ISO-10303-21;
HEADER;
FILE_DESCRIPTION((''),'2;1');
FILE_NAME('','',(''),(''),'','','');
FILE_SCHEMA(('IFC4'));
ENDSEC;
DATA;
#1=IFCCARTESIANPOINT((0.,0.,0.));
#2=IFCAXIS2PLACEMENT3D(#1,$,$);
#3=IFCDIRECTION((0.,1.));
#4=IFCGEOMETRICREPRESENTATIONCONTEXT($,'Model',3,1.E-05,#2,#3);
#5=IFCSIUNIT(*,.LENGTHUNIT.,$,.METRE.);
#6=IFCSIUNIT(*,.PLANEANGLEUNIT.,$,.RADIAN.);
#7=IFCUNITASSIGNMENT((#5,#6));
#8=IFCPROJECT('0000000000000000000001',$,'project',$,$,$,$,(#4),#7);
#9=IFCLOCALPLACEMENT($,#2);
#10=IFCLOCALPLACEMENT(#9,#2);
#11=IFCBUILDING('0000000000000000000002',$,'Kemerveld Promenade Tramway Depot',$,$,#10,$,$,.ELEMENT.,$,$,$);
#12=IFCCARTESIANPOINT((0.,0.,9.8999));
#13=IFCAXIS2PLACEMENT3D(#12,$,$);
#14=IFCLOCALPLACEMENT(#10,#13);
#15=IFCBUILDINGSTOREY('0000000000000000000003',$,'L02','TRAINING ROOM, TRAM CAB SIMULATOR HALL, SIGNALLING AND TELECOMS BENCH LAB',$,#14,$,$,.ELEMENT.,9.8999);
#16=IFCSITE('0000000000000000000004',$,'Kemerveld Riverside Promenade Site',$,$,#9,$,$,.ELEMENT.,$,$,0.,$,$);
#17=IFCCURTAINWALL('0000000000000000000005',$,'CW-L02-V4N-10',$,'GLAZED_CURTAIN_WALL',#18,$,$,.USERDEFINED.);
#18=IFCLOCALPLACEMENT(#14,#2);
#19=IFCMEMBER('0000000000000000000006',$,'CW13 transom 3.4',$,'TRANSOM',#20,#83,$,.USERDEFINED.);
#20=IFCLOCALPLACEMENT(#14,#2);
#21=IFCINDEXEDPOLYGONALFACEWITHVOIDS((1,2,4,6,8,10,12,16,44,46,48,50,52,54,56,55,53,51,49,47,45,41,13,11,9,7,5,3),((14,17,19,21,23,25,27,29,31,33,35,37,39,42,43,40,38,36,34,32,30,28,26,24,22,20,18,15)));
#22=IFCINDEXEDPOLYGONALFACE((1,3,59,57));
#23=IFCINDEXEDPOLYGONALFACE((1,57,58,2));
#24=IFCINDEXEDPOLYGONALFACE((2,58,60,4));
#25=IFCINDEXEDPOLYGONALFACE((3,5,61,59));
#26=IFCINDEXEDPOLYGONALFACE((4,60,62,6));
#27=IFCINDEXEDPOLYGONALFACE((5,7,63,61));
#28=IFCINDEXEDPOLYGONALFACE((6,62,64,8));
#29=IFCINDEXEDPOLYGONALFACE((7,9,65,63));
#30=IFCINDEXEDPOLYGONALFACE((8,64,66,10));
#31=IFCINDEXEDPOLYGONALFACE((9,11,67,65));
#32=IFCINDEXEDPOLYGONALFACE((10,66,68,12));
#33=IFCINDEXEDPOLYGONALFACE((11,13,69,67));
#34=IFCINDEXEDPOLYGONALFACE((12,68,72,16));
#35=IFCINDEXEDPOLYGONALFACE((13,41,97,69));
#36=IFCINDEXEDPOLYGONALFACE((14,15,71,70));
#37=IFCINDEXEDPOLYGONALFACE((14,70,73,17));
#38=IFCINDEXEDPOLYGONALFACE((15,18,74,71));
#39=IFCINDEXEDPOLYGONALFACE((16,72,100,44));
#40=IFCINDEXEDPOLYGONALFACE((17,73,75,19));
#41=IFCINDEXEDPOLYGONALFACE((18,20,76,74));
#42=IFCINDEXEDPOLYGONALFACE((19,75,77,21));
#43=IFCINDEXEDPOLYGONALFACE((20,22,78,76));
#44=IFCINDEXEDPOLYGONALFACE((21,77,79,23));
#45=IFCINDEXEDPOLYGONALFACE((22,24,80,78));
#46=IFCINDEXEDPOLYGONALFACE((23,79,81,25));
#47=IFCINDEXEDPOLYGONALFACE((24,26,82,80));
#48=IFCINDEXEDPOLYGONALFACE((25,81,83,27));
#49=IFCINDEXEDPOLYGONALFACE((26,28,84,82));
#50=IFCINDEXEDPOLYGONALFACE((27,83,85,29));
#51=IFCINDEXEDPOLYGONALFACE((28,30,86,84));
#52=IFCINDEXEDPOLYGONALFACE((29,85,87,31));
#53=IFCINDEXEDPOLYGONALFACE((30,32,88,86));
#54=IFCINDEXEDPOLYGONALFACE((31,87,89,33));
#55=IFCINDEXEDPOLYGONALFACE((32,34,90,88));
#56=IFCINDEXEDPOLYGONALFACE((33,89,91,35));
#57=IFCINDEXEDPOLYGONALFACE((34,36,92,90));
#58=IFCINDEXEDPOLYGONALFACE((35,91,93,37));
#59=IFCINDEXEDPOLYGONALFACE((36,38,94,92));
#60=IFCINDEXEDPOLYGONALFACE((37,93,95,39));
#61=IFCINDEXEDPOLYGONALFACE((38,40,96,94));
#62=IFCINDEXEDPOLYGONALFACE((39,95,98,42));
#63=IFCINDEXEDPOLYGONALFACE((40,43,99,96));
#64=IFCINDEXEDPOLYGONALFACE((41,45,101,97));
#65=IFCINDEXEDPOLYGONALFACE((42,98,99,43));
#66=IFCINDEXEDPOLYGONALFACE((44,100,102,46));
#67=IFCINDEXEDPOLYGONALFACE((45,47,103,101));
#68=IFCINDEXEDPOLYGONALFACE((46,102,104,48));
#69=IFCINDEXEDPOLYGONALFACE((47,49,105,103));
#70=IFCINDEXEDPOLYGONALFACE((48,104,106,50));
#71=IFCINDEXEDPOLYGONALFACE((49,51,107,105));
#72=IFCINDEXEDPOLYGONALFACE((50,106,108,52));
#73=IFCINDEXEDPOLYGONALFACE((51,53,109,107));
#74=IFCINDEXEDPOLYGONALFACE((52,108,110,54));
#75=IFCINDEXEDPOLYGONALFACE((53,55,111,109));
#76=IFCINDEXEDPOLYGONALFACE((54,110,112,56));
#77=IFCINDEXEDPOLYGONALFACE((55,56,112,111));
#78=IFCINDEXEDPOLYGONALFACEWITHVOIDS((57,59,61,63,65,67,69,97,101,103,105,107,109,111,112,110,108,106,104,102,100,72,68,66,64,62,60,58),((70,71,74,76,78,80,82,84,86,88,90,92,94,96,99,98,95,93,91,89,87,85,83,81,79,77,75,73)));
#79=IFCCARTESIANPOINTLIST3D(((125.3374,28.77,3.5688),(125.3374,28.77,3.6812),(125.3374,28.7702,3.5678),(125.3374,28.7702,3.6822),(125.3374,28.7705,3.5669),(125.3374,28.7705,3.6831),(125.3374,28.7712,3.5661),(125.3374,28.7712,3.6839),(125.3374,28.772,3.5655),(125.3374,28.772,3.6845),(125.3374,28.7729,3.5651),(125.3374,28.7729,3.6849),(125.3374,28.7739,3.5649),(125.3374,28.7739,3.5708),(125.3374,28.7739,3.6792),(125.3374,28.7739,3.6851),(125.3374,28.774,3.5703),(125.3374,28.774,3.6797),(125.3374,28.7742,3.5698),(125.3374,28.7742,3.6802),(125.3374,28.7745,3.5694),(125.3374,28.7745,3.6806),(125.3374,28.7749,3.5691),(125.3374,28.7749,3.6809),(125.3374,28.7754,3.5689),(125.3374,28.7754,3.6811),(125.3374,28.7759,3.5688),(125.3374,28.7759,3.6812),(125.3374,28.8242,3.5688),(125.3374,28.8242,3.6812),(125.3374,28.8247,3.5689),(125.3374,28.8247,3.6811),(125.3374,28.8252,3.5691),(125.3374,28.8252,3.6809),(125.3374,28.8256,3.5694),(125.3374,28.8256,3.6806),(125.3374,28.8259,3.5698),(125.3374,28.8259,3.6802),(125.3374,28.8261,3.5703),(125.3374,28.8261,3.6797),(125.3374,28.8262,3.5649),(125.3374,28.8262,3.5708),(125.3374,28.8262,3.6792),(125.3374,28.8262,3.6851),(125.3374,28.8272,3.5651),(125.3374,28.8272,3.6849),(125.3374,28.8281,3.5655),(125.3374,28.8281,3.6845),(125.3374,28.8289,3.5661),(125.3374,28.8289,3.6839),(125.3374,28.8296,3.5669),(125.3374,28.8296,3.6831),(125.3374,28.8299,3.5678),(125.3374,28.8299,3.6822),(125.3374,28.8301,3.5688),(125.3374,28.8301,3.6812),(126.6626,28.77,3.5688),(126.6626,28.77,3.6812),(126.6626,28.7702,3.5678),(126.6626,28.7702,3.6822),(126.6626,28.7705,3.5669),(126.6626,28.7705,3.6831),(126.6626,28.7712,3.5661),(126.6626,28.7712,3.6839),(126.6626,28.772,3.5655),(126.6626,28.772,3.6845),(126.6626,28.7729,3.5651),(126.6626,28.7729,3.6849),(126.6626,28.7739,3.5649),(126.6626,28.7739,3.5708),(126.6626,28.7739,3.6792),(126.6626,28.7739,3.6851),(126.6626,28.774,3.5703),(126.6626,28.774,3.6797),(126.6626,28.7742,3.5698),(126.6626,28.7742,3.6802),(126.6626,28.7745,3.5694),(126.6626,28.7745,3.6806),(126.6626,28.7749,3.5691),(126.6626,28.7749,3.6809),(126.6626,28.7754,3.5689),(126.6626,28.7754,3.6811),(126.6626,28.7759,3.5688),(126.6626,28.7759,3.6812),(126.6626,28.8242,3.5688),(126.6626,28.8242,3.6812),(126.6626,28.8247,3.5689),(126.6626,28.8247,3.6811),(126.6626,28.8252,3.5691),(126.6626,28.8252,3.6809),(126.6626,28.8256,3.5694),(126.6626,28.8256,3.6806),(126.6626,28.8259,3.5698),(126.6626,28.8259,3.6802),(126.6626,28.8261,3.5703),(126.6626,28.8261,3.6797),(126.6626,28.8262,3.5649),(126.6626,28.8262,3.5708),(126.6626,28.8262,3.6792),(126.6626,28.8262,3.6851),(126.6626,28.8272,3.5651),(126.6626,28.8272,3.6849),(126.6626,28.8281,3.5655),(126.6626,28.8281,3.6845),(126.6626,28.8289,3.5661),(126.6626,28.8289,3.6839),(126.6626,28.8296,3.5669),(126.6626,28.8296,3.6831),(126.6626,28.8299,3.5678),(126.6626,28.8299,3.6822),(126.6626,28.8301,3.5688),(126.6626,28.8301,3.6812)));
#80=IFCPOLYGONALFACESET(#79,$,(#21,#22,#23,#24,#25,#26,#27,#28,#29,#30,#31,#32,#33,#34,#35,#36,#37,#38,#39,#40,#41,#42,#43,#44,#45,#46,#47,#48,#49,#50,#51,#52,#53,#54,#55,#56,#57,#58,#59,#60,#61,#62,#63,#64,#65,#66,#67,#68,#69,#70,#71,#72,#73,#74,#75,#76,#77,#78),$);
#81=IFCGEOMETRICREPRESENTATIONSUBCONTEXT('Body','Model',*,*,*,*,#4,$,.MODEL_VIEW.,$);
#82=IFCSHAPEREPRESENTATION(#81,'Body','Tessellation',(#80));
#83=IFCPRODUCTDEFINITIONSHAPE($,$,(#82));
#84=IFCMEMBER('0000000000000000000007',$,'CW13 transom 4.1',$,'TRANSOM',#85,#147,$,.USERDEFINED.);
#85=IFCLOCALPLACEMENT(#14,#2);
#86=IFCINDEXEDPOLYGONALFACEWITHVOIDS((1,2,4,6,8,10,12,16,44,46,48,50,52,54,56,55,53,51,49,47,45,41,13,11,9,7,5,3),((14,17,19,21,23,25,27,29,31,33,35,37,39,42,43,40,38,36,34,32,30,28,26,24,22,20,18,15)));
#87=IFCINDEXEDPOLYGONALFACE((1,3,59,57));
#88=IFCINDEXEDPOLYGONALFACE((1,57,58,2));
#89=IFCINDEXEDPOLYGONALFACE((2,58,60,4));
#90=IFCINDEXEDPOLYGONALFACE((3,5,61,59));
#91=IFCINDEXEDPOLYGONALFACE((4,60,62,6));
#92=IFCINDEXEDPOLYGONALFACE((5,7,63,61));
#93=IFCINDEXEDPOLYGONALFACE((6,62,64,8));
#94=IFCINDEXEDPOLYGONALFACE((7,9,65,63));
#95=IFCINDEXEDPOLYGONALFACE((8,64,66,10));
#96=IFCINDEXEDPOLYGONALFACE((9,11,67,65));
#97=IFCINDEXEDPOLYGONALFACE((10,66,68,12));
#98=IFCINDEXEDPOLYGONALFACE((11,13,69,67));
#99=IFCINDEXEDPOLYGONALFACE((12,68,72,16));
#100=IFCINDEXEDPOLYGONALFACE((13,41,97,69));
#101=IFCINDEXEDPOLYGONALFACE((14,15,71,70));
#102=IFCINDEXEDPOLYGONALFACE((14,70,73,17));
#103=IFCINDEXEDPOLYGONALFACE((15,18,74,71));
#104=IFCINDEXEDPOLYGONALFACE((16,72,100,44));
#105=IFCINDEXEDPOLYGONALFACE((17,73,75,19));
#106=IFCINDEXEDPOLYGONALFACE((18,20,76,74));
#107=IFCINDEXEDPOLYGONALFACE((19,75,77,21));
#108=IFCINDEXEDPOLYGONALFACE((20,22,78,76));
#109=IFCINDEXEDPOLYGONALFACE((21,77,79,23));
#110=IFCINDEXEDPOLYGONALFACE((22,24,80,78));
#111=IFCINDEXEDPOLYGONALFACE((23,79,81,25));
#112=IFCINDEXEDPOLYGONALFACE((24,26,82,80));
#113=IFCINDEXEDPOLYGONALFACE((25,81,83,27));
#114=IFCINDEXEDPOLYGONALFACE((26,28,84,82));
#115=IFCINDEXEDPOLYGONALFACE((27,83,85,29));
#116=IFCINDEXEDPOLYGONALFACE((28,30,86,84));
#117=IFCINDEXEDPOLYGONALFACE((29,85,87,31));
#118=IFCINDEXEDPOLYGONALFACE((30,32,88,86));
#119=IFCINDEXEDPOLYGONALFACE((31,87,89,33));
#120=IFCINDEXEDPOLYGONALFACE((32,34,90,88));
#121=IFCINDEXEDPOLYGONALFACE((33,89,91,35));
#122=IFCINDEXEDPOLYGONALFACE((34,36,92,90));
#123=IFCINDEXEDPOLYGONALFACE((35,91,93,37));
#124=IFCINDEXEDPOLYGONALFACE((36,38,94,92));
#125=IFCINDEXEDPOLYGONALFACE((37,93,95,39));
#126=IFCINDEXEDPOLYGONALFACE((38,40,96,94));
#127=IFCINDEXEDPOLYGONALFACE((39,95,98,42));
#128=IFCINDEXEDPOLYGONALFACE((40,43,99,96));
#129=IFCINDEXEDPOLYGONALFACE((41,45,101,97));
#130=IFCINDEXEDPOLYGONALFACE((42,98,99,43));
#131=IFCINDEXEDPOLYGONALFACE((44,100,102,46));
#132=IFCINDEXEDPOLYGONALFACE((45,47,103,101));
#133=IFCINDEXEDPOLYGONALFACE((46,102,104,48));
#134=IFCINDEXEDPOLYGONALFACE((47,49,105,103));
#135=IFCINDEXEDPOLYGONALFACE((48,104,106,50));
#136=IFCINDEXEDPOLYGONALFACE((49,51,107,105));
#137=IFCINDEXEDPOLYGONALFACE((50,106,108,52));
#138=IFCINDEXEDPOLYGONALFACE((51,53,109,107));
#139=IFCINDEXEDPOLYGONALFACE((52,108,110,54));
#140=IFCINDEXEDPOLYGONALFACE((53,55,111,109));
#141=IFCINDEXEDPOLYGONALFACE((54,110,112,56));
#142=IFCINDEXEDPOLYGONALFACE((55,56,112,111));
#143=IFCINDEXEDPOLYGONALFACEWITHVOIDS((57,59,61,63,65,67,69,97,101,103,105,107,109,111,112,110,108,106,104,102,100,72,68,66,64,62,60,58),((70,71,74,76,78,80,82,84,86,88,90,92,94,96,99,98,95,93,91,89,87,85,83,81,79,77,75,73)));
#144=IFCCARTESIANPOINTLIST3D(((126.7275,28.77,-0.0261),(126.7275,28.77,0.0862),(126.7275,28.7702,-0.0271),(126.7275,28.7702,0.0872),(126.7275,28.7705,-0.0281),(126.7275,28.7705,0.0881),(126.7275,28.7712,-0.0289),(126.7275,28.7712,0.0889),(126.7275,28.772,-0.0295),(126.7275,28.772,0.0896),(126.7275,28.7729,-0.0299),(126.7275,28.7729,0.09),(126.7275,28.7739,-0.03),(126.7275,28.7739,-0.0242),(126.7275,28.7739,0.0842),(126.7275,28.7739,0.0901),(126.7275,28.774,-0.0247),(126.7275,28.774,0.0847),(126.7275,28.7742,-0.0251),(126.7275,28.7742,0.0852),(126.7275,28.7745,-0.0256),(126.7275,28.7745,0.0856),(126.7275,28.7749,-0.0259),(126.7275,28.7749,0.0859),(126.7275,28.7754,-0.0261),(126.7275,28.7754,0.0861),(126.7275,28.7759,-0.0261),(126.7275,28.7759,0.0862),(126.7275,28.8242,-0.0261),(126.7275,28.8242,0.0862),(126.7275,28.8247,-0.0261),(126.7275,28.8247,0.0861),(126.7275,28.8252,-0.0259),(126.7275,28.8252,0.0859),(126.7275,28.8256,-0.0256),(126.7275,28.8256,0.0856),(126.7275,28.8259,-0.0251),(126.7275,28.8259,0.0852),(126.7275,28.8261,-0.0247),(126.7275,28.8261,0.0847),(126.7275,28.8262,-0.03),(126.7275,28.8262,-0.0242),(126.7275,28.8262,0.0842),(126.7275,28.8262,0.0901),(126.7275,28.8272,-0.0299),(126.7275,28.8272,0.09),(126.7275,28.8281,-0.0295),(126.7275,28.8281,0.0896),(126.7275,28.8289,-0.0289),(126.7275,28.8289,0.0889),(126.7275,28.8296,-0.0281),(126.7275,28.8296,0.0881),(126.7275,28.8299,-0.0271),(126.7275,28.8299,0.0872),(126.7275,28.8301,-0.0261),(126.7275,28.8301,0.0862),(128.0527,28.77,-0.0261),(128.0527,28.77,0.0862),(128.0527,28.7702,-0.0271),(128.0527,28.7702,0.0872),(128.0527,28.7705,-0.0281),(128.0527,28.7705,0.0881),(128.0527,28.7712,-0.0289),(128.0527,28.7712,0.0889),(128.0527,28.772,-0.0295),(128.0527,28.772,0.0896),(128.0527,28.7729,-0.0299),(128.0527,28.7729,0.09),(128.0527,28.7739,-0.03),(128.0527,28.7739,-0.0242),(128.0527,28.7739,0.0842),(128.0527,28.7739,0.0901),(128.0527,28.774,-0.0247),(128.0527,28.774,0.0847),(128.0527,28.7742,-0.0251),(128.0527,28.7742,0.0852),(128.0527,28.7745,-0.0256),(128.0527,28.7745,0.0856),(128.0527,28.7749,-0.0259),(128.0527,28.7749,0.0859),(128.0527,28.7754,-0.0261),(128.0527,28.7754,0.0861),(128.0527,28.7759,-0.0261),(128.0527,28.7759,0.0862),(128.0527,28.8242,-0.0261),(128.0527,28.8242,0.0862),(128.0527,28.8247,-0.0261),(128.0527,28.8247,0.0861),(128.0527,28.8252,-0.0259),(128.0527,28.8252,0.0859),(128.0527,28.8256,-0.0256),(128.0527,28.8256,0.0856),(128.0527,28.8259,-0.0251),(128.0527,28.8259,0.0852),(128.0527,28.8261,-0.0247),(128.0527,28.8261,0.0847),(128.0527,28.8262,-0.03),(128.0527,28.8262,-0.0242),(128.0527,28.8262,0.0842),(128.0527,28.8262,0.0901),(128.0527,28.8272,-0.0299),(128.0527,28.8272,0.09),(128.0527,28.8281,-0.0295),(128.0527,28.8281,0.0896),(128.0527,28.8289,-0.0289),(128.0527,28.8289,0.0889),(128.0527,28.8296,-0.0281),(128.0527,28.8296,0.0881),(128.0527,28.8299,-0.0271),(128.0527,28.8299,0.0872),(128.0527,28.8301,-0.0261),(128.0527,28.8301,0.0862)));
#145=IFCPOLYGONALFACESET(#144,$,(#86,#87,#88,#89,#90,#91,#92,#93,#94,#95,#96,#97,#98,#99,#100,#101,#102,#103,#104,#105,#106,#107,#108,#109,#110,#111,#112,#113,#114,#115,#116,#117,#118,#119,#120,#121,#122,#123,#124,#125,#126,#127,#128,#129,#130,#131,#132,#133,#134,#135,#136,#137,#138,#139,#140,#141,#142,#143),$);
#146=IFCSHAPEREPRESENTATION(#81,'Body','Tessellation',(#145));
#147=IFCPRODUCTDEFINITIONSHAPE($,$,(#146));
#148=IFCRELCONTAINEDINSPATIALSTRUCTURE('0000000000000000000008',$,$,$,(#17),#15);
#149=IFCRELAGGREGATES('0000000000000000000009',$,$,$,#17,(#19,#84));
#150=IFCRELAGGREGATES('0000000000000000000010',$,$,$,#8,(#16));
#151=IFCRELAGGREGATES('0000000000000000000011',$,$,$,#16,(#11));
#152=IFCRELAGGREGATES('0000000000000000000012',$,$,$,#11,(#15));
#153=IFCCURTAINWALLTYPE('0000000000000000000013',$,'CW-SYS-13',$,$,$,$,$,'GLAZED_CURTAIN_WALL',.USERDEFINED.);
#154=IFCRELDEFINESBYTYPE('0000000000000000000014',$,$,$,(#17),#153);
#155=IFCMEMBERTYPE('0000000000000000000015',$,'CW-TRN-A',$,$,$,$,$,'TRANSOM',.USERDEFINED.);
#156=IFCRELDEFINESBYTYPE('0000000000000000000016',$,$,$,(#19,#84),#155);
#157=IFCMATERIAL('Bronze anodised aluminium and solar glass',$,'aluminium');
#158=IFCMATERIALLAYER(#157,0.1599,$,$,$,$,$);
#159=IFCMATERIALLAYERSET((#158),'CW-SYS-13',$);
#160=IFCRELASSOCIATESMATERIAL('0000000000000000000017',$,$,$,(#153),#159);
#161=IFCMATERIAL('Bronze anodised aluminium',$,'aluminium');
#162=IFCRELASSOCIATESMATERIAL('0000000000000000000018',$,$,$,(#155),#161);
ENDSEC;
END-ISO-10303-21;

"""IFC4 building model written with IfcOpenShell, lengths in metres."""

from ifc_helpers import new_model, si_unit, direction, frame, origin, origin_2d, place, context, subcontext, project, spatial, hollow_rectangle, extrude, material, layer, layer_set, material_profile, profile_set, type_object, element, aggregate, save


model = new_model("IFC4")

# Units and contexts
model_context = context("Model", 3, precision=1e-05, world=origin(), true_north=direction((0.0, 1.0)))
body_context = subcontext(model_context, "Body", "Model", "MODEL_VIEW")
ifc_project = project(units=[si_unit("LENGTHUNIT", "METRE"), si_unit("PLANEANGLEUNIT", "RADIAN")], contexts=[model_context])

# Site, building, storey
site_placement = place(None, origin())
site = spatial("IfcSite", under=ifc_project, at=site_placement, Name="Kemerveld Riverside Promenade Site", CompositionType="ELEMENT", RefElevation=0.0)
building_placement = place(site_placement, origin())
building = spatial("IfcBuilding", under=site, at=building_placement, Name="Kemerveld Promenade Tramway Depot", CompositionType="ELEMENT")
storey_placement = place(building_placement, frame((0.0, 0.0, 9.8999)))
storey = spatial("IfcBuildingStorey", under=building, at=storey_placement, Name="L02", Description="TRAINING ROOM, TRAM CAB SIMULATOR HALL, SIGNALLING AND TELECOMS BENCH LAB", CompositionType="ELEMENT", Elevation=9.8999)

# Curtain wall, members
ifc_material_1 = material(Name="Bronze anodised aluminium and solar glass", Category="aluminium")
ifc_layer_1 = layer(ifc_material_1, 0.1599)
ifc_layer_set_1 = layer_set([ifc_layer_1], Name="CW-SYS-13")
curtain_wall_type = type_object("IfcCurtainWallType", Name="CW-SYS-13", ElementType="GLAZED_CURTAIN_WALL", PredefinedType="USERDEFINED", material=ifc_layer_set_1)
curtain_wall_placement = place(storey_placement, origin())
curtain_wall = element("IfcCurtainWall", 1, at=curtain_wall_placement, inside=storey, type_object=curtain_wall_type, Name="CW-L02-V4N-10", ObjectType="GLAZED_CURTAIN_WALL", PredefinedType="USERDEFINED")
ifc_material_2 = material(Name="Bronze anodised aluminium", Category="aluminium")
ifc_material_profile_1 = material_profile(ifc_material_2, hollow_rectangle(XDim=0.0601, YDim=0.1201, WallThickness=0.0039, InnerFilletRadius=0.002, OuterFilletRadius=0.0039, at=origin_2d()), Name="CW-TRN-120x60")
ifc_profile_set_1 = profile_set([ifc_material_profile_1], Name="Bronze anodised aluminium")
member_type_1 = type_object("IfcMemberType", Name="CW-TRN-A", ElementType="TRANSOM", PredefinedType="USERDEFINED", material=ifc_profile_set_1)
member_1_placement = place(storey_placement, frame((125.3374, 28.8, 3.625), z_axis=(1.0, 0.0, 0.0), x_axis=(0.0, 1.0, 0.0)))
member_1 = element("IfcMember", 2, at=member_1_placement, type_object=member_type_1, Name="CW13 transom 3.4", ObjectType="TRANSOM", PredefinedType="USERDEFINED", context=body_context, shape_type="SweptSolid", body=[
    extrude(hollow_rectangle(XDim=0.0601, YDim=0.1201, WallThickness=0.0039, InnerFilletRadius=0.002, OuterFilletRadius=0.0039, at=origin_2d()), origin(), (0.0, 0.0, 1.0), 1.3252),
])
member_2_placement = place(storey_placement, frame((126.7275, 28.8, 0.03), z_axis=(1.0, 0.0, 0.0), x_axis=(0.0, 1.0, 0.0)))
member_2 = element("IfcMember", 3, at=member_2_placement, type_object=member_type_1, Name="CW13 transom 4.1", ObjectType="TRANSOM", PredefinedType="USERDEFINED", context=body_context, shape_type="SweptSolid", body=[
    extrude(hollow_rectangle(XDim=0.0601, YDim=0.1201, WallThickness=0.0039, InnerFilletRadius=0.002, OuterFilletRadius=0.0039, at=origin_2d()), origin(), (0.0, 0.0, 1.0), 1.3252),
])
aggregate(curtain_wall, [member_1, member_2])

save(model, "model.ifc")
